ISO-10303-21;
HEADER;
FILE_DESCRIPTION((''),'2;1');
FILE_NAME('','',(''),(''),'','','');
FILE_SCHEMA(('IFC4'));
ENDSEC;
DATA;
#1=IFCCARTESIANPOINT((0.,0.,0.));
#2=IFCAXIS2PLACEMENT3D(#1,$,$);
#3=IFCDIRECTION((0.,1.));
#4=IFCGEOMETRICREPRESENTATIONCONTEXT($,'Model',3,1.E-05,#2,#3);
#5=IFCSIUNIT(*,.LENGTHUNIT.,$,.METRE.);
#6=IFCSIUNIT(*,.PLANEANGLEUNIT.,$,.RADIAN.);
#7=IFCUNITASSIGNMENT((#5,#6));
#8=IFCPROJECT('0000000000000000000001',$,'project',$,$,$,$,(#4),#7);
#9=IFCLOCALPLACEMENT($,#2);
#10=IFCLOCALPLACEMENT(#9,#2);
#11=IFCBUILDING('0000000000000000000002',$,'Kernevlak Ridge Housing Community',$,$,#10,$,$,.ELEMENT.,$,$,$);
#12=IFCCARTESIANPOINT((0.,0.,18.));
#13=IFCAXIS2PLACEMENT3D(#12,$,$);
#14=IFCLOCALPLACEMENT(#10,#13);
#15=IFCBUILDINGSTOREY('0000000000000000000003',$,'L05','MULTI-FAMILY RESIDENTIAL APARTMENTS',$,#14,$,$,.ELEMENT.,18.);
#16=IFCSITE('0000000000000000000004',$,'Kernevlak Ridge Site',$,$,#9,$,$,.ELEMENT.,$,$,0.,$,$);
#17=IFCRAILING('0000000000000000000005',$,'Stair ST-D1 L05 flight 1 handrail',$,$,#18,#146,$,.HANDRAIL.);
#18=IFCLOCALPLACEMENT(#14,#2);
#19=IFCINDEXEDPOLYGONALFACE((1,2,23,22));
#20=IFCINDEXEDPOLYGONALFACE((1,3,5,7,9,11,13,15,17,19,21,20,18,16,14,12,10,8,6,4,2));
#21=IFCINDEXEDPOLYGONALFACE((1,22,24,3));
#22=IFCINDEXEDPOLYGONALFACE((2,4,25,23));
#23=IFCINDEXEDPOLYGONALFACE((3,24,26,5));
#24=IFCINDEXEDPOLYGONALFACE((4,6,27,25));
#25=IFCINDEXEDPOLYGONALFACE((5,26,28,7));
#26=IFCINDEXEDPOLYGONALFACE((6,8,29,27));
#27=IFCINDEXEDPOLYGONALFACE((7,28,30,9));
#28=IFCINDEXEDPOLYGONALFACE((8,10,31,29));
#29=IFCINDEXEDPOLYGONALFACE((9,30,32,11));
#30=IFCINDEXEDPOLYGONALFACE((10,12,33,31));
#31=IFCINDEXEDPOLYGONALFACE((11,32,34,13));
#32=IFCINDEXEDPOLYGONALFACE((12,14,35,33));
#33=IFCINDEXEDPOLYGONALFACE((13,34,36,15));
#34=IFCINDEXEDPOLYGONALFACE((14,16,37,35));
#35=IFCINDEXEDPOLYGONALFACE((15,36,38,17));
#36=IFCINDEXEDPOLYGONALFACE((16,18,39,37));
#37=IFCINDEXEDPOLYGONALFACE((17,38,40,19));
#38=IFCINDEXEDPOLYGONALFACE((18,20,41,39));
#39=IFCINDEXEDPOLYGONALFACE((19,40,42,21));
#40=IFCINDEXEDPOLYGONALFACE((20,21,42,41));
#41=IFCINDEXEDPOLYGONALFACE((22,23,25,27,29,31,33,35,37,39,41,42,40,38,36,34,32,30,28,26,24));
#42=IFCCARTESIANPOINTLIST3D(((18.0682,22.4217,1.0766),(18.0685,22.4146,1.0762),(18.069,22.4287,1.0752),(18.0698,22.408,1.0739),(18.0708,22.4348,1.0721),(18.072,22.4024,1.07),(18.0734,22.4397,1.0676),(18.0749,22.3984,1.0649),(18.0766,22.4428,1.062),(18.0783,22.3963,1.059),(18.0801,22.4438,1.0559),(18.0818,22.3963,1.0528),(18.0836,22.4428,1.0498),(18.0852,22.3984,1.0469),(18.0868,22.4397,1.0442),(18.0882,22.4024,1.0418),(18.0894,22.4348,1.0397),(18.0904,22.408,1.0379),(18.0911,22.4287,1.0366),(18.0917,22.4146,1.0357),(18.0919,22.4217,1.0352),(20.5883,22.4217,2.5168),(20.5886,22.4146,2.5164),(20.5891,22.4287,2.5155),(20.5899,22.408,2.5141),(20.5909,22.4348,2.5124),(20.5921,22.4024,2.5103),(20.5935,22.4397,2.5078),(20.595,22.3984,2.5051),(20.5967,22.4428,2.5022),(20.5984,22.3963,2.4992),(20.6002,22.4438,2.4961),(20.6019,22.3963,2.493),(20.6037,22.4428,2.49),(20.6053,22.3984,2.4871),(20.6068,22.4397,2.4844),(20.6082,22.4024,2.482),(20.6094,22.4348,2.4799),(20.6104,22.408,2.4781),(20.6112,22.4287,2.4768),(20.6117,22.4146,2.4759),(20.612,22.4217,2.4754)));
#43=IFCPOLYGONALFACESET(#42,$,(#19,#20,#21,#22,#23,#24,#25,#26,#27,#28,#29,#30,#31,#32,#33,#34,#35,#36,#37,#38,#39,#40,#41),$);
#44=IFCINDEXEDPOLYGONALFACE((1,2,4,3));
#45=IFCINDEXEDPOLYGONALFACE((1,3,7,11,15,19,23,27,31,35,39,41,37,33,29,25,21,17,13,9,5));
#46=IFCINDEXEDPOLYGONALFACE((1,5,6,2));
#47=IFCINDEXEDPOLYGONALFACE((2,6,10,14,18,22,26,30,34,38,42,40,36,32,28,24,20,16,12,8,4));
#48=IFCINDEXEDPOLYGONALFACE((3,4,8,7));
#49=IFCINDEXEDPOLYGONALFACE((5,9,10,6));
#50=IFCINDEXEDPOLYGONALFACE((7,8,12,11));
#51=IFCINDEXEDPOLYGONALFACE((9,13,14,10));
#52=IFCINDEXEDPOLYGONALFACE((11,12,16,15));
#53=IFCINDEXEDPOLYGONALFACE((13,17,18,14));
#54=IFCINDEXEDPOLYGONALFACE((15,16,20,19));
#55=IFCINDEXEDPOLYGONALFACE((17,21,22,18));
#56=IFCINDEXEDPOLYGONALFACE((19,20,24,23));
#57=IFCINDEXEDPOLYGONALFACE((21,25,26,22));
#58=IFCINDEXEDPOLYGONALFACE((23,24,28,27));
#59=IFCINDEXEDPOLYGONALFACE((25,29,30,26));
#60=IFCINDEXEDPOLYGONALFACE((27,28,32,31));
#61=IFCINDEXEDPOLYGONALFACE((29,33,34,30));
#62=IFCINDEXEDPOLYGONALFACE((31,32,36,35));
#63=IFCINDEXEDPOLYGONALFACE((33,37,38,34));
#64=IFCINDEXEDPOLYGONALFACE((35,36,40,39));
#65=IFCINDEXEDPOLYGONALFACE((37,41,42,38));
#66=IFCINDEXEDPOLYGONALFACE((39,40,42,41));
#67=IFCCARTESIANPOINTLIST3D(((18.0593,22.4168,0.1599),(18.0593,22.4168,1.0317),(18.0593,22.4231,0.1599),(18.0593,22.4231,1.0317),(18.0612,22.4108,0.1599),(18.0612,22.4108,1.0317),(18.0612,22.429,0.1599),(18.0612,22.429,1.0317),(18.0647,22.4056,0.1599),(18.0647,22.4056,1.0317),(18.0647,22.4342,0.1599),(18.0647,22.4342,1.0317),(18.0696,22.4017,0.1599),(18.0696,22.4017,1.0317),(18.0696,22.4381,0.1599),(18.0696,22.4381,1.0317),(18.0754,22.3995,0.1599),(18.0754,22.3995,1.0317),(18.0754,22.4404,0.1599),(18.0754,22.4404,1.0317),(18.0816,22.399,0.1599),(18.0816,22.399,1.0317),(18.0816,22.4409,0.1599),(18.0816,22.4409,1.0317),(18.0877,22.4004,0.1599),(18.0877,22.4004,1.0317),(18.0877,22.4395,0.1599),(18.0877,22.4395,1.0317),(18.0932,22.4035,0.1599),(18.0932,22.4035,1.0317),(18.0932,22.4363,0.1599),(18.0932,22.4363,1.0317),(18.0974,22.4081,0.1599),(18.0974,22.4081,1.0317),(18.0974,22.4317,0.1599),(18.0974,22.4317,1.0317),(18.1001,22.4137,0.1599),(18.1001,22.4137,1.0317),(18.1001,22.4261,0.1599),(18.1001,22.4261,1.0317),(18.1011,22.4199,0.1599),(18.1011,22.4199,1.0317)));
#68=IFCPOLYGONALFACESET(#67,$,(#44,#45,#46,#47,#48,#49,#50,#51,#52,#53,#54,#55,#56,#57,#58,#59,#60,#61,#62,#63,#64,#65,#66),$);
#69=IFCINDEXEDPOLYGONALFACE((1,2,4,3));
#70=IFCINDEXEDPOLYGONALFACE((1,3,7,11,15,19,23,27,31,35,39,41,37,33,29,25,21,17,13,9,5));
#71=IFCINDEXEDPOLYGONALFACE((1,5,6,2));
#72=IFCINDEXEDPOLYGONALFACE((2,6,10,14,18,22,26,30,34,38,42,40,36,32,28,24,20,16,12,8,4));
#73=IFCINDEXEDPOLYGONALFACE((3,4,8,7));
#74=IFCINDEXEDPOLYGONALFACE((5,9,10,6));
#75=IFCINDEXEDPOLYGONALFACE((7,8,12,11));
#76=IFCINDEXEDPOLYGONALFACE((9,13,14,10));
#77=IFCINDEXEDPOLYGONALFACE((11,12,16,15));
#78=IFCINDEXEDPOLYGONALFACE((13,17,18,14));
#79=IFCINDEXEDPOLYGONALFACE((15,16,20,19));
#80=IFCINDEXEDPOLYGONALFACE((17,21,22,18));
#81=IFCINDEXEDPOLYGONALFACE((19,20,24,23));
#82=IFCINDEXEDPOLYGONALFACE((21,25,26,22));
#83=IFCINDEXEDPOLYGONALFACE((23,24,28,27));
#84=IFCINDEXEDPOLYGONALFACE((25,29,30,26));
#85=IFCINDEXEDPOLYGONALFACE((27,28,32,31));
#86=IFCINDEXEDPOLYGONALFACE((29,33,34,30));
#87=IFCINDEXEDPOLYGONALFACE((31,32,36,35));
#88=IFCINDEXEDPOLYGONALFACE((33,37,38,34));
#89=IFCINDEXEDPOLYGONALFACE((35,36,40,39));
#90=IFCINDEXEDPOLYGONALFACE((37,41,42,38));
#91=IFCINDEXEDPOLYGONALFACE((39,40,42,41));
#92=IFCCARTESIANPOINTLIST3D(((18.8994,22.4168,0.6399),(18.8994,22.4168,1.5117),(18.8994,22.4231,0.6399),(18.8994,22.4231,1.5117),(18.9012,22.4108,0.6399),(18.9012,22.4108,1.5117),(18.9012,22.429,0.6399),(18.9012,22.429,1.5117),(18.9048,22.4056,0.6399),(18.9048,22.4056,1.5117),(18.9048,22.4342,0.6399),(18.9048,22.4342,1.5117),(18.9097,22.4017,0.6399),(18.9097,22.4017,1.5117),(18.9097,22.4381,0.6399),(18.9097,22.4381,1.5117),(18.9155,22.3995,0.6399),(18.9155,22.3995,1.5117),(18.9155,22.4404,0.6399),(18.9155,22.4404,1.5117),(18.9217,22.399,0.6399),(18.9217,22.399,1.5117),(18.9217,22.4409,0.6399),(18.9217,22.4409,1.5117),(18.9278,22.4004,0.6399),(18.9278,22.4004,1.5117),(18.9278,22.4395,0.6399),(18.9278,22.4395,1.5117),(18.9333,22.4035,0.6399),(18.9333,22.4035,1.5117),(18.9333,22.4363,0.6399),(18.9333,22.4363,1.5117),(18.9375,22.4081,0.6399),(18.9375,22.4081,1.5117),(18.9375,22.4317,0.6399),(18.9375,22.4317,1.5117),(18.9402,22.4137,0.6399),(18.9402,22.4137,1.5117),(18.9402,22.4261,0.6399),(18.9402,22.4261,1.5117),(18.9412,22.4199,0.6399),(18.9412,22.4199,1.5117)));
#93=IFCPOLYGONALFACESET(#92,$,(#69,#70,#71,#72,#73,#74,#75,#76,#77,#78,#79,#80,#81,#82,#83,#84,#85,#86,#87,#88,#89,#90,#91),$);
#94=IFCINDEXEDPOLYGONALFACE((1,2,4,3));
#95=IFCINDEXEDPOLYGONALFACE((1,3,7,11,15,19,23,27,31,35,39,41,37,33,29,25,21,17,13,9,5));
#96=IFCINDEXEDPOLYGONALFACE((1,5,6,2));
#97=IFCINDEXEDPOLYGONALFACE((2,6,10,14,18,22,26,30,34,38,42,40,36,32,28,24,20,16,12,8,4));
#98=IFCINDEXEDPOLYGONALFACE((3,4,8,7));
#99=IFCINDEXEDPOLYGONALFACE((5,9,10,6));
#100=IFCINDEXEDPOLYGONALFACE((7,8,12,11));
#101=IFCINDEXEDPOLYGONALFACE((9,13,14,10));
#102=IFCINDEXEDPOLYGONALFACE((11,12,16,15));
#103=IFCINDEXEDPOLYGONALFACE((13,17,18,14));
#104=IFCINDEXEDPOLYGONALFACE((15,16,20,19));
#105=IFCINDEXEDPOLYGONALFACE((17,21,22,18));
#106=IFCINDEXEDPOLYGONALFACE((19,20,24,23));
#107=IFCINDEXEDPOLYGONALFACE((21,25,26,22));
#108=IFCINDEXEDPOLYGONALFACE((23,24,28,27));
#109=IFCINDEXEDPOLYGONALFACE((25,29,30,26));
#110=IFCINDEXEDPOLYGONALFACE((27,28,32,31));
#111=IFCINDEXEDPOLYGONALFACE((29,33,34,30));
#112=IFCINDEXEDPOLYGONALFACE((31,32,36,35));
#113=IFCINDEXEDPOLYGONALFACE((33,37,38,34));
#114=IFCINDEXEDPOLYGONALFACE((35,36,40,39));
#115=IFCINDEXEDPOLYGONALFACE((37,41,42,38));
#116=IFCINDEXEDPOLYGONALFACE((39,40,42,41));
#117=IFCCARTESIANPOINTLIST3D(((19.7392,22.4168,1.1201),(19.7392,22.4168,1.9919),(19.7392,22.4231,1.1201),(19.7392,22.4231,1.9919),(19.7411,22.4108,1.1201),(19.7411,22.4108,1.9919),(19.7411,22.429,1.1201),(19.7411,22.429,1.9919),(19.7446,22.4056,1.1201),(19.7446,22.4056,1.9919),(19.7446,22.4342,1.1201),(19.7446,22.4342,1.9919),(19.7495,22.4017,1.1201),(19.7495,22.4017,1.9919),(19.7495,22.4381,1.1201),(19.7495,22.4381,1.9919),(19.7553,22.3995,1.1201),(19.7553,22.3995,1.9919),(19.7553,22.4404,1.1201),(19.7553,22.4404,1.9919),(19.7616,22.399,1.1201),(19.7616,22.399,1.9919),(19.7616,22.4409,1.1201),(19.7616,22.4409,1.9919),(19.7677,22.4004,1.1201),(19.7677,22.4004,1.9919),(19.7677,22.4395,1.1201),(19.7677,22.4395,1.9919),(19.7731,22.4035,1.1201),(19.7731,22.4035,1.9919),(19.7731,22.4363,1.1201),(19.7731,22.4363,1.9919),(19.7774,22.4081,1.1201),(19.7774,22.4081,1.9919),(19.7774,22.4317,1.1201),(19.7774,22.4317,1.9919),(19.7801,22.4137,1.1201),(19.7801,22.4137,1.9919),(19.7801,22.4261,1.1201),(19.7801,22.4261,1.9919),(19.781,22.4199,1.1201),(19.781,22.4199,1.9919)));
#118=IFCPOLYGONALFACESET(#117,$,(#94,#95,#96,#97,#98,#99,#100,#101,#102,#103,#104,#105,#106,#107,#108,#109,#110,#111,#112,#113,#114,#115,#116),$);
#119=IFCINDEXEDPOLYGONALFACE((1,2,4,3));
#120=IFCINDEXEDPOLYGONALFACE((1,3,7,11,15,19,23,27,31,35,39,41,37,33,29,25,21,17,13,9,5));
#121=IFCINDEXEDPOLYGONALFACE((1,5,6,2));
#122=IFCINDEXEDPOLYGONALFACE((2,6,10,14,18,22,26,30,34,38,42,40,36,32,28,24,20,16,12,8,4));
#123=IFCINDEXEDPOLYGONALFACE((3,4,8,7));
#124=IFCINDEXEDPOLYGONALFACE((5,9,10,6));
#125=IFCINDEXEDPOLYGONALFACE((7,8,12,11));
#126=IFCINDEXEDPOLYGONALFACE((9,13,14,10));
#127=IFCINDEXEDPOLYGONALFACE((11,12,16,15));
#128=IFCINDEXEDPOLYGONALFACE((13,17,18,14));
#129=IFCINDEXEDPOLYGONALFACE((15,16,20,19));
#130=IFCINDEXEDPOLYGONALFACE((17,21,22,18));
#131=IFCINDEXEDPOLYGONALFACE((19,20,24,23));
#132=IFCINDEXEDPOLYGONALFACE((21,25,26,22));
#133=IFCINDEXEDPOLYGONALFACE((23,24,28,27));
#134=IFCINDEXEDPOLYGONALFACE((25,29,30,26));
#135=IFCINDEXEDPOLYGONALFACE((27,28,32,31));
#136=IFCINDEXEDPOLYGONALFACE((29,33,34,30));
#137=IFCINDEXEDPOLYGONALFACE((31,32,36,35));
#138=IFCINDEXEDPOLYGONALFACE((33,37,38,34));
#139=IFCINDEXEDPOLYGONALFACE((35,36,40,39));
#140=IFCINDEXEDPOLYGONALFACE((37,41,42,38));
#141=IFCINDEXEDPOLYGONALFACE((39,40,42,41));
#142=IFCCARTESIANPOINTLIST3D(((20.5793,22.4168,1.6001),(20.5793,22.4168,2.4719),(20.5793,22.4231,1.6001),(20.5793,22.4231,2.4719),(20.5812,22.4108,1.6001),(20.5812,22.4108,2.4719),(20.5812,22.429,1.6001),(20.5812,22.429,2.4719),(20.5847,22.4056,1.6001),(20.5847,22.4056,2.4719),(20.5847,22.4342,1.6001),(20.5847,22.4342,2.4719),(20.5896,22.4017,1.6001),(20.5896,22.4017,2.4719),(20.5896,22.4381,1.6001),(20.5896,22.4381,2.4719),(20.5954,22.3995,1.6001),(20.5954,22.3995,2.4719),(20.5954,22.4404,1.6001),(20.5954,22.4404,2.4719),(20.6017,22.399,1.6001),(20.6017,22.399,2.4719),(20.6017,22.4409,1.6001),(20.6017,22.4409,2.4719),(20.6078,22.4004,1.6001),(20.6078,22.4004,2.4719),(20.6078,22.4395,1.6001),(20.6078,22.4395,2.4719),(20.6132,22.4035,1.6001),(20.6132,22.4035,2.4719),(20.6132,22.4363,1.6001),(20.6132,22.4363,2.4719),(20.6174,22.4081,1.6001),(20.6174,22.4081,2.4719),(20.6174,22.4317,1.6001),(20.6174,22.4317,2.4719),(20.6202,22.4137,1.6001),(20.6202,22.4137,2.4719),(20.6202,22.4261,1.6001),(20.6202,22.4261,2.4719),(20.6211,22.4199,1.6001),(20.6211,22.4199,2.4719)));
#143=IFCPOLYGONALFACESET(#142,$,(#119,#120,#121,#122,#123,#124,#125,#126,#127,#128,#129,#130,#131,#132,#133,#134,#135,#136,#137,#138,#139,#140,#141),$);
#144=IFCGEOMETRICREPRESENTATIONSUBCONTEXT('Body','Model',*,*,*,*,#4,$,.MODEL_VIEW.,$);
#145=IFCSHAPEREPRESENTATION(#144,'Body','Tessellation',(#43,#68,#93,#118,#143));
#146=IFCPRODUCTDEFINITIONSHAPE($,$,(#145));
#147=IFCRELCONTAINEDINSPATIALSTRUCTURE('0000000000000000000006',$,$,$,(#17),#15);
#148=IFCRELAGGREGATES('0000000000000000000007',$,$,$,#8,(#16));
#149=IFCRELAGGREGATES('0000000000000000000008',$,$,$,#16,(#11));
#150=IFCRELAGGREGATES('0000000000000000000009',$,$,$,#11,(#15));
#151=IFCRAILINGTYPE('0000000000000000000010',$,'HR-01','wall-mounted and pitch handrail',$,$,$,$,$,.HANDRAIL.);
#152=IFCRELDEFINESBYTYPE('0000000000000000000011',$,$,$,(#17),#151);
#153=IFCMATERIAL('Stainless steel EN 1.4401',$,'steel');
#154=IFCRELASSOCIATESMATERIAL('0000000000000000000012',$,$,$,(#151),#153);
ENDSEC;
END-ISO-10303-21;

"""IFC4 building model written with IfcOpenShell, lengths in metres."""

from ifc_helpers import new_model, si_unit, direction, frame, origin, origin_2d, place, context, subcontext, project, spatial, circle, extrude, material, type_object, element, save


model = new_model("IFC4")

# Units and contexts
model_context = context("Model", 3, precision=1e-05, world=origin(), true_north=direction((0.0, 1.0)))
body_context = subcontext(model_context, "Body", "Model", "MODEL_VIEW")
ifc_project = project(units=[si_unit("LENGTHUNIT", "METRE"), si_unit("PLANEANGLEUNIT", "RADIAN")], contexts=[model_context])

# Site, building, storey
site_placement = place(None, origin())
site = spatial("IfcSite", under=ifc_project, at=site_placement, Name="Kernevlak Ridge Site", CompositionType="ELEMENT", RefElevation=0.0)
building_placement = place(site_placement, origin())
building = spatial("IfcBuilding", under=site, at=building_placement, Name="Kernevlak Ridge Housing Community", CompositionType="ELEMENT")
storey_placement = place(building_placement, frame((0.0, 0.0, 18.0)))
storey = spatial("IfcBuildingStorey", under=building, at=storey_placement, Name="L05", Description="MULTI-FAMILY RESIDENTIAL APARTMENTS", CompositionType="ELEMENT", Elevation=18.0)

# Shared definitions
ifc_material_1 = material(Name="Stainless steel EN 1.4401", Category="steel")

# Railing
railing_type_1 = type_object("IfcRailingType", Name="HR-01", Description="wall-mounted and pitch handrail", PredefinedType="HANDRAIL", material=ifc_material_1)
railing_1_placement = place(storey_placement, frame((18.0801, 22.4199, 0.1599)))
element("IfcRailing", 1, at=railing_1_placement, inside=storey, type_object=railing_type_1, Name="Stair ST-D1 L05 flight 1 handrail", PredefinedType="HANDRAIL", context=body_context, shape_type="SweptSolid", body=[
    extrude(circle(Radius=0.0239, at=origin_2d()), frame((0.0, 0.0, 0.896), z_axis=(0.868217, 0.0, 0.496184), x_axis=(0.0, 1.0, 0.0)), (0.0, 0.0, 1.0), 2.9026),
    extrude(circle(Radius=0.021, at=origin_2d()), origin(), (0.0, 0.0, 1.0), 0.8718),
    extrude(circle(Radius=0.021, at=origin_2d()), frame((0.8401, 0.0, 0.48)), (0.0, 0.0, 1.0), 0.8718),
    extrude(circle(Radius=0.021, at=origin_2d()), frame((1.6799, 0.0, 0.9602)), (0.0, 0.0, 1.0), 0.8718),
    extrude(circle(Radius=0.021, at=origin_2d()), frame((2.52, 0.0, 1.4402)), (0.0, 0.0, 1.0), 0.8718),
])

save(model, "model.ifc")
